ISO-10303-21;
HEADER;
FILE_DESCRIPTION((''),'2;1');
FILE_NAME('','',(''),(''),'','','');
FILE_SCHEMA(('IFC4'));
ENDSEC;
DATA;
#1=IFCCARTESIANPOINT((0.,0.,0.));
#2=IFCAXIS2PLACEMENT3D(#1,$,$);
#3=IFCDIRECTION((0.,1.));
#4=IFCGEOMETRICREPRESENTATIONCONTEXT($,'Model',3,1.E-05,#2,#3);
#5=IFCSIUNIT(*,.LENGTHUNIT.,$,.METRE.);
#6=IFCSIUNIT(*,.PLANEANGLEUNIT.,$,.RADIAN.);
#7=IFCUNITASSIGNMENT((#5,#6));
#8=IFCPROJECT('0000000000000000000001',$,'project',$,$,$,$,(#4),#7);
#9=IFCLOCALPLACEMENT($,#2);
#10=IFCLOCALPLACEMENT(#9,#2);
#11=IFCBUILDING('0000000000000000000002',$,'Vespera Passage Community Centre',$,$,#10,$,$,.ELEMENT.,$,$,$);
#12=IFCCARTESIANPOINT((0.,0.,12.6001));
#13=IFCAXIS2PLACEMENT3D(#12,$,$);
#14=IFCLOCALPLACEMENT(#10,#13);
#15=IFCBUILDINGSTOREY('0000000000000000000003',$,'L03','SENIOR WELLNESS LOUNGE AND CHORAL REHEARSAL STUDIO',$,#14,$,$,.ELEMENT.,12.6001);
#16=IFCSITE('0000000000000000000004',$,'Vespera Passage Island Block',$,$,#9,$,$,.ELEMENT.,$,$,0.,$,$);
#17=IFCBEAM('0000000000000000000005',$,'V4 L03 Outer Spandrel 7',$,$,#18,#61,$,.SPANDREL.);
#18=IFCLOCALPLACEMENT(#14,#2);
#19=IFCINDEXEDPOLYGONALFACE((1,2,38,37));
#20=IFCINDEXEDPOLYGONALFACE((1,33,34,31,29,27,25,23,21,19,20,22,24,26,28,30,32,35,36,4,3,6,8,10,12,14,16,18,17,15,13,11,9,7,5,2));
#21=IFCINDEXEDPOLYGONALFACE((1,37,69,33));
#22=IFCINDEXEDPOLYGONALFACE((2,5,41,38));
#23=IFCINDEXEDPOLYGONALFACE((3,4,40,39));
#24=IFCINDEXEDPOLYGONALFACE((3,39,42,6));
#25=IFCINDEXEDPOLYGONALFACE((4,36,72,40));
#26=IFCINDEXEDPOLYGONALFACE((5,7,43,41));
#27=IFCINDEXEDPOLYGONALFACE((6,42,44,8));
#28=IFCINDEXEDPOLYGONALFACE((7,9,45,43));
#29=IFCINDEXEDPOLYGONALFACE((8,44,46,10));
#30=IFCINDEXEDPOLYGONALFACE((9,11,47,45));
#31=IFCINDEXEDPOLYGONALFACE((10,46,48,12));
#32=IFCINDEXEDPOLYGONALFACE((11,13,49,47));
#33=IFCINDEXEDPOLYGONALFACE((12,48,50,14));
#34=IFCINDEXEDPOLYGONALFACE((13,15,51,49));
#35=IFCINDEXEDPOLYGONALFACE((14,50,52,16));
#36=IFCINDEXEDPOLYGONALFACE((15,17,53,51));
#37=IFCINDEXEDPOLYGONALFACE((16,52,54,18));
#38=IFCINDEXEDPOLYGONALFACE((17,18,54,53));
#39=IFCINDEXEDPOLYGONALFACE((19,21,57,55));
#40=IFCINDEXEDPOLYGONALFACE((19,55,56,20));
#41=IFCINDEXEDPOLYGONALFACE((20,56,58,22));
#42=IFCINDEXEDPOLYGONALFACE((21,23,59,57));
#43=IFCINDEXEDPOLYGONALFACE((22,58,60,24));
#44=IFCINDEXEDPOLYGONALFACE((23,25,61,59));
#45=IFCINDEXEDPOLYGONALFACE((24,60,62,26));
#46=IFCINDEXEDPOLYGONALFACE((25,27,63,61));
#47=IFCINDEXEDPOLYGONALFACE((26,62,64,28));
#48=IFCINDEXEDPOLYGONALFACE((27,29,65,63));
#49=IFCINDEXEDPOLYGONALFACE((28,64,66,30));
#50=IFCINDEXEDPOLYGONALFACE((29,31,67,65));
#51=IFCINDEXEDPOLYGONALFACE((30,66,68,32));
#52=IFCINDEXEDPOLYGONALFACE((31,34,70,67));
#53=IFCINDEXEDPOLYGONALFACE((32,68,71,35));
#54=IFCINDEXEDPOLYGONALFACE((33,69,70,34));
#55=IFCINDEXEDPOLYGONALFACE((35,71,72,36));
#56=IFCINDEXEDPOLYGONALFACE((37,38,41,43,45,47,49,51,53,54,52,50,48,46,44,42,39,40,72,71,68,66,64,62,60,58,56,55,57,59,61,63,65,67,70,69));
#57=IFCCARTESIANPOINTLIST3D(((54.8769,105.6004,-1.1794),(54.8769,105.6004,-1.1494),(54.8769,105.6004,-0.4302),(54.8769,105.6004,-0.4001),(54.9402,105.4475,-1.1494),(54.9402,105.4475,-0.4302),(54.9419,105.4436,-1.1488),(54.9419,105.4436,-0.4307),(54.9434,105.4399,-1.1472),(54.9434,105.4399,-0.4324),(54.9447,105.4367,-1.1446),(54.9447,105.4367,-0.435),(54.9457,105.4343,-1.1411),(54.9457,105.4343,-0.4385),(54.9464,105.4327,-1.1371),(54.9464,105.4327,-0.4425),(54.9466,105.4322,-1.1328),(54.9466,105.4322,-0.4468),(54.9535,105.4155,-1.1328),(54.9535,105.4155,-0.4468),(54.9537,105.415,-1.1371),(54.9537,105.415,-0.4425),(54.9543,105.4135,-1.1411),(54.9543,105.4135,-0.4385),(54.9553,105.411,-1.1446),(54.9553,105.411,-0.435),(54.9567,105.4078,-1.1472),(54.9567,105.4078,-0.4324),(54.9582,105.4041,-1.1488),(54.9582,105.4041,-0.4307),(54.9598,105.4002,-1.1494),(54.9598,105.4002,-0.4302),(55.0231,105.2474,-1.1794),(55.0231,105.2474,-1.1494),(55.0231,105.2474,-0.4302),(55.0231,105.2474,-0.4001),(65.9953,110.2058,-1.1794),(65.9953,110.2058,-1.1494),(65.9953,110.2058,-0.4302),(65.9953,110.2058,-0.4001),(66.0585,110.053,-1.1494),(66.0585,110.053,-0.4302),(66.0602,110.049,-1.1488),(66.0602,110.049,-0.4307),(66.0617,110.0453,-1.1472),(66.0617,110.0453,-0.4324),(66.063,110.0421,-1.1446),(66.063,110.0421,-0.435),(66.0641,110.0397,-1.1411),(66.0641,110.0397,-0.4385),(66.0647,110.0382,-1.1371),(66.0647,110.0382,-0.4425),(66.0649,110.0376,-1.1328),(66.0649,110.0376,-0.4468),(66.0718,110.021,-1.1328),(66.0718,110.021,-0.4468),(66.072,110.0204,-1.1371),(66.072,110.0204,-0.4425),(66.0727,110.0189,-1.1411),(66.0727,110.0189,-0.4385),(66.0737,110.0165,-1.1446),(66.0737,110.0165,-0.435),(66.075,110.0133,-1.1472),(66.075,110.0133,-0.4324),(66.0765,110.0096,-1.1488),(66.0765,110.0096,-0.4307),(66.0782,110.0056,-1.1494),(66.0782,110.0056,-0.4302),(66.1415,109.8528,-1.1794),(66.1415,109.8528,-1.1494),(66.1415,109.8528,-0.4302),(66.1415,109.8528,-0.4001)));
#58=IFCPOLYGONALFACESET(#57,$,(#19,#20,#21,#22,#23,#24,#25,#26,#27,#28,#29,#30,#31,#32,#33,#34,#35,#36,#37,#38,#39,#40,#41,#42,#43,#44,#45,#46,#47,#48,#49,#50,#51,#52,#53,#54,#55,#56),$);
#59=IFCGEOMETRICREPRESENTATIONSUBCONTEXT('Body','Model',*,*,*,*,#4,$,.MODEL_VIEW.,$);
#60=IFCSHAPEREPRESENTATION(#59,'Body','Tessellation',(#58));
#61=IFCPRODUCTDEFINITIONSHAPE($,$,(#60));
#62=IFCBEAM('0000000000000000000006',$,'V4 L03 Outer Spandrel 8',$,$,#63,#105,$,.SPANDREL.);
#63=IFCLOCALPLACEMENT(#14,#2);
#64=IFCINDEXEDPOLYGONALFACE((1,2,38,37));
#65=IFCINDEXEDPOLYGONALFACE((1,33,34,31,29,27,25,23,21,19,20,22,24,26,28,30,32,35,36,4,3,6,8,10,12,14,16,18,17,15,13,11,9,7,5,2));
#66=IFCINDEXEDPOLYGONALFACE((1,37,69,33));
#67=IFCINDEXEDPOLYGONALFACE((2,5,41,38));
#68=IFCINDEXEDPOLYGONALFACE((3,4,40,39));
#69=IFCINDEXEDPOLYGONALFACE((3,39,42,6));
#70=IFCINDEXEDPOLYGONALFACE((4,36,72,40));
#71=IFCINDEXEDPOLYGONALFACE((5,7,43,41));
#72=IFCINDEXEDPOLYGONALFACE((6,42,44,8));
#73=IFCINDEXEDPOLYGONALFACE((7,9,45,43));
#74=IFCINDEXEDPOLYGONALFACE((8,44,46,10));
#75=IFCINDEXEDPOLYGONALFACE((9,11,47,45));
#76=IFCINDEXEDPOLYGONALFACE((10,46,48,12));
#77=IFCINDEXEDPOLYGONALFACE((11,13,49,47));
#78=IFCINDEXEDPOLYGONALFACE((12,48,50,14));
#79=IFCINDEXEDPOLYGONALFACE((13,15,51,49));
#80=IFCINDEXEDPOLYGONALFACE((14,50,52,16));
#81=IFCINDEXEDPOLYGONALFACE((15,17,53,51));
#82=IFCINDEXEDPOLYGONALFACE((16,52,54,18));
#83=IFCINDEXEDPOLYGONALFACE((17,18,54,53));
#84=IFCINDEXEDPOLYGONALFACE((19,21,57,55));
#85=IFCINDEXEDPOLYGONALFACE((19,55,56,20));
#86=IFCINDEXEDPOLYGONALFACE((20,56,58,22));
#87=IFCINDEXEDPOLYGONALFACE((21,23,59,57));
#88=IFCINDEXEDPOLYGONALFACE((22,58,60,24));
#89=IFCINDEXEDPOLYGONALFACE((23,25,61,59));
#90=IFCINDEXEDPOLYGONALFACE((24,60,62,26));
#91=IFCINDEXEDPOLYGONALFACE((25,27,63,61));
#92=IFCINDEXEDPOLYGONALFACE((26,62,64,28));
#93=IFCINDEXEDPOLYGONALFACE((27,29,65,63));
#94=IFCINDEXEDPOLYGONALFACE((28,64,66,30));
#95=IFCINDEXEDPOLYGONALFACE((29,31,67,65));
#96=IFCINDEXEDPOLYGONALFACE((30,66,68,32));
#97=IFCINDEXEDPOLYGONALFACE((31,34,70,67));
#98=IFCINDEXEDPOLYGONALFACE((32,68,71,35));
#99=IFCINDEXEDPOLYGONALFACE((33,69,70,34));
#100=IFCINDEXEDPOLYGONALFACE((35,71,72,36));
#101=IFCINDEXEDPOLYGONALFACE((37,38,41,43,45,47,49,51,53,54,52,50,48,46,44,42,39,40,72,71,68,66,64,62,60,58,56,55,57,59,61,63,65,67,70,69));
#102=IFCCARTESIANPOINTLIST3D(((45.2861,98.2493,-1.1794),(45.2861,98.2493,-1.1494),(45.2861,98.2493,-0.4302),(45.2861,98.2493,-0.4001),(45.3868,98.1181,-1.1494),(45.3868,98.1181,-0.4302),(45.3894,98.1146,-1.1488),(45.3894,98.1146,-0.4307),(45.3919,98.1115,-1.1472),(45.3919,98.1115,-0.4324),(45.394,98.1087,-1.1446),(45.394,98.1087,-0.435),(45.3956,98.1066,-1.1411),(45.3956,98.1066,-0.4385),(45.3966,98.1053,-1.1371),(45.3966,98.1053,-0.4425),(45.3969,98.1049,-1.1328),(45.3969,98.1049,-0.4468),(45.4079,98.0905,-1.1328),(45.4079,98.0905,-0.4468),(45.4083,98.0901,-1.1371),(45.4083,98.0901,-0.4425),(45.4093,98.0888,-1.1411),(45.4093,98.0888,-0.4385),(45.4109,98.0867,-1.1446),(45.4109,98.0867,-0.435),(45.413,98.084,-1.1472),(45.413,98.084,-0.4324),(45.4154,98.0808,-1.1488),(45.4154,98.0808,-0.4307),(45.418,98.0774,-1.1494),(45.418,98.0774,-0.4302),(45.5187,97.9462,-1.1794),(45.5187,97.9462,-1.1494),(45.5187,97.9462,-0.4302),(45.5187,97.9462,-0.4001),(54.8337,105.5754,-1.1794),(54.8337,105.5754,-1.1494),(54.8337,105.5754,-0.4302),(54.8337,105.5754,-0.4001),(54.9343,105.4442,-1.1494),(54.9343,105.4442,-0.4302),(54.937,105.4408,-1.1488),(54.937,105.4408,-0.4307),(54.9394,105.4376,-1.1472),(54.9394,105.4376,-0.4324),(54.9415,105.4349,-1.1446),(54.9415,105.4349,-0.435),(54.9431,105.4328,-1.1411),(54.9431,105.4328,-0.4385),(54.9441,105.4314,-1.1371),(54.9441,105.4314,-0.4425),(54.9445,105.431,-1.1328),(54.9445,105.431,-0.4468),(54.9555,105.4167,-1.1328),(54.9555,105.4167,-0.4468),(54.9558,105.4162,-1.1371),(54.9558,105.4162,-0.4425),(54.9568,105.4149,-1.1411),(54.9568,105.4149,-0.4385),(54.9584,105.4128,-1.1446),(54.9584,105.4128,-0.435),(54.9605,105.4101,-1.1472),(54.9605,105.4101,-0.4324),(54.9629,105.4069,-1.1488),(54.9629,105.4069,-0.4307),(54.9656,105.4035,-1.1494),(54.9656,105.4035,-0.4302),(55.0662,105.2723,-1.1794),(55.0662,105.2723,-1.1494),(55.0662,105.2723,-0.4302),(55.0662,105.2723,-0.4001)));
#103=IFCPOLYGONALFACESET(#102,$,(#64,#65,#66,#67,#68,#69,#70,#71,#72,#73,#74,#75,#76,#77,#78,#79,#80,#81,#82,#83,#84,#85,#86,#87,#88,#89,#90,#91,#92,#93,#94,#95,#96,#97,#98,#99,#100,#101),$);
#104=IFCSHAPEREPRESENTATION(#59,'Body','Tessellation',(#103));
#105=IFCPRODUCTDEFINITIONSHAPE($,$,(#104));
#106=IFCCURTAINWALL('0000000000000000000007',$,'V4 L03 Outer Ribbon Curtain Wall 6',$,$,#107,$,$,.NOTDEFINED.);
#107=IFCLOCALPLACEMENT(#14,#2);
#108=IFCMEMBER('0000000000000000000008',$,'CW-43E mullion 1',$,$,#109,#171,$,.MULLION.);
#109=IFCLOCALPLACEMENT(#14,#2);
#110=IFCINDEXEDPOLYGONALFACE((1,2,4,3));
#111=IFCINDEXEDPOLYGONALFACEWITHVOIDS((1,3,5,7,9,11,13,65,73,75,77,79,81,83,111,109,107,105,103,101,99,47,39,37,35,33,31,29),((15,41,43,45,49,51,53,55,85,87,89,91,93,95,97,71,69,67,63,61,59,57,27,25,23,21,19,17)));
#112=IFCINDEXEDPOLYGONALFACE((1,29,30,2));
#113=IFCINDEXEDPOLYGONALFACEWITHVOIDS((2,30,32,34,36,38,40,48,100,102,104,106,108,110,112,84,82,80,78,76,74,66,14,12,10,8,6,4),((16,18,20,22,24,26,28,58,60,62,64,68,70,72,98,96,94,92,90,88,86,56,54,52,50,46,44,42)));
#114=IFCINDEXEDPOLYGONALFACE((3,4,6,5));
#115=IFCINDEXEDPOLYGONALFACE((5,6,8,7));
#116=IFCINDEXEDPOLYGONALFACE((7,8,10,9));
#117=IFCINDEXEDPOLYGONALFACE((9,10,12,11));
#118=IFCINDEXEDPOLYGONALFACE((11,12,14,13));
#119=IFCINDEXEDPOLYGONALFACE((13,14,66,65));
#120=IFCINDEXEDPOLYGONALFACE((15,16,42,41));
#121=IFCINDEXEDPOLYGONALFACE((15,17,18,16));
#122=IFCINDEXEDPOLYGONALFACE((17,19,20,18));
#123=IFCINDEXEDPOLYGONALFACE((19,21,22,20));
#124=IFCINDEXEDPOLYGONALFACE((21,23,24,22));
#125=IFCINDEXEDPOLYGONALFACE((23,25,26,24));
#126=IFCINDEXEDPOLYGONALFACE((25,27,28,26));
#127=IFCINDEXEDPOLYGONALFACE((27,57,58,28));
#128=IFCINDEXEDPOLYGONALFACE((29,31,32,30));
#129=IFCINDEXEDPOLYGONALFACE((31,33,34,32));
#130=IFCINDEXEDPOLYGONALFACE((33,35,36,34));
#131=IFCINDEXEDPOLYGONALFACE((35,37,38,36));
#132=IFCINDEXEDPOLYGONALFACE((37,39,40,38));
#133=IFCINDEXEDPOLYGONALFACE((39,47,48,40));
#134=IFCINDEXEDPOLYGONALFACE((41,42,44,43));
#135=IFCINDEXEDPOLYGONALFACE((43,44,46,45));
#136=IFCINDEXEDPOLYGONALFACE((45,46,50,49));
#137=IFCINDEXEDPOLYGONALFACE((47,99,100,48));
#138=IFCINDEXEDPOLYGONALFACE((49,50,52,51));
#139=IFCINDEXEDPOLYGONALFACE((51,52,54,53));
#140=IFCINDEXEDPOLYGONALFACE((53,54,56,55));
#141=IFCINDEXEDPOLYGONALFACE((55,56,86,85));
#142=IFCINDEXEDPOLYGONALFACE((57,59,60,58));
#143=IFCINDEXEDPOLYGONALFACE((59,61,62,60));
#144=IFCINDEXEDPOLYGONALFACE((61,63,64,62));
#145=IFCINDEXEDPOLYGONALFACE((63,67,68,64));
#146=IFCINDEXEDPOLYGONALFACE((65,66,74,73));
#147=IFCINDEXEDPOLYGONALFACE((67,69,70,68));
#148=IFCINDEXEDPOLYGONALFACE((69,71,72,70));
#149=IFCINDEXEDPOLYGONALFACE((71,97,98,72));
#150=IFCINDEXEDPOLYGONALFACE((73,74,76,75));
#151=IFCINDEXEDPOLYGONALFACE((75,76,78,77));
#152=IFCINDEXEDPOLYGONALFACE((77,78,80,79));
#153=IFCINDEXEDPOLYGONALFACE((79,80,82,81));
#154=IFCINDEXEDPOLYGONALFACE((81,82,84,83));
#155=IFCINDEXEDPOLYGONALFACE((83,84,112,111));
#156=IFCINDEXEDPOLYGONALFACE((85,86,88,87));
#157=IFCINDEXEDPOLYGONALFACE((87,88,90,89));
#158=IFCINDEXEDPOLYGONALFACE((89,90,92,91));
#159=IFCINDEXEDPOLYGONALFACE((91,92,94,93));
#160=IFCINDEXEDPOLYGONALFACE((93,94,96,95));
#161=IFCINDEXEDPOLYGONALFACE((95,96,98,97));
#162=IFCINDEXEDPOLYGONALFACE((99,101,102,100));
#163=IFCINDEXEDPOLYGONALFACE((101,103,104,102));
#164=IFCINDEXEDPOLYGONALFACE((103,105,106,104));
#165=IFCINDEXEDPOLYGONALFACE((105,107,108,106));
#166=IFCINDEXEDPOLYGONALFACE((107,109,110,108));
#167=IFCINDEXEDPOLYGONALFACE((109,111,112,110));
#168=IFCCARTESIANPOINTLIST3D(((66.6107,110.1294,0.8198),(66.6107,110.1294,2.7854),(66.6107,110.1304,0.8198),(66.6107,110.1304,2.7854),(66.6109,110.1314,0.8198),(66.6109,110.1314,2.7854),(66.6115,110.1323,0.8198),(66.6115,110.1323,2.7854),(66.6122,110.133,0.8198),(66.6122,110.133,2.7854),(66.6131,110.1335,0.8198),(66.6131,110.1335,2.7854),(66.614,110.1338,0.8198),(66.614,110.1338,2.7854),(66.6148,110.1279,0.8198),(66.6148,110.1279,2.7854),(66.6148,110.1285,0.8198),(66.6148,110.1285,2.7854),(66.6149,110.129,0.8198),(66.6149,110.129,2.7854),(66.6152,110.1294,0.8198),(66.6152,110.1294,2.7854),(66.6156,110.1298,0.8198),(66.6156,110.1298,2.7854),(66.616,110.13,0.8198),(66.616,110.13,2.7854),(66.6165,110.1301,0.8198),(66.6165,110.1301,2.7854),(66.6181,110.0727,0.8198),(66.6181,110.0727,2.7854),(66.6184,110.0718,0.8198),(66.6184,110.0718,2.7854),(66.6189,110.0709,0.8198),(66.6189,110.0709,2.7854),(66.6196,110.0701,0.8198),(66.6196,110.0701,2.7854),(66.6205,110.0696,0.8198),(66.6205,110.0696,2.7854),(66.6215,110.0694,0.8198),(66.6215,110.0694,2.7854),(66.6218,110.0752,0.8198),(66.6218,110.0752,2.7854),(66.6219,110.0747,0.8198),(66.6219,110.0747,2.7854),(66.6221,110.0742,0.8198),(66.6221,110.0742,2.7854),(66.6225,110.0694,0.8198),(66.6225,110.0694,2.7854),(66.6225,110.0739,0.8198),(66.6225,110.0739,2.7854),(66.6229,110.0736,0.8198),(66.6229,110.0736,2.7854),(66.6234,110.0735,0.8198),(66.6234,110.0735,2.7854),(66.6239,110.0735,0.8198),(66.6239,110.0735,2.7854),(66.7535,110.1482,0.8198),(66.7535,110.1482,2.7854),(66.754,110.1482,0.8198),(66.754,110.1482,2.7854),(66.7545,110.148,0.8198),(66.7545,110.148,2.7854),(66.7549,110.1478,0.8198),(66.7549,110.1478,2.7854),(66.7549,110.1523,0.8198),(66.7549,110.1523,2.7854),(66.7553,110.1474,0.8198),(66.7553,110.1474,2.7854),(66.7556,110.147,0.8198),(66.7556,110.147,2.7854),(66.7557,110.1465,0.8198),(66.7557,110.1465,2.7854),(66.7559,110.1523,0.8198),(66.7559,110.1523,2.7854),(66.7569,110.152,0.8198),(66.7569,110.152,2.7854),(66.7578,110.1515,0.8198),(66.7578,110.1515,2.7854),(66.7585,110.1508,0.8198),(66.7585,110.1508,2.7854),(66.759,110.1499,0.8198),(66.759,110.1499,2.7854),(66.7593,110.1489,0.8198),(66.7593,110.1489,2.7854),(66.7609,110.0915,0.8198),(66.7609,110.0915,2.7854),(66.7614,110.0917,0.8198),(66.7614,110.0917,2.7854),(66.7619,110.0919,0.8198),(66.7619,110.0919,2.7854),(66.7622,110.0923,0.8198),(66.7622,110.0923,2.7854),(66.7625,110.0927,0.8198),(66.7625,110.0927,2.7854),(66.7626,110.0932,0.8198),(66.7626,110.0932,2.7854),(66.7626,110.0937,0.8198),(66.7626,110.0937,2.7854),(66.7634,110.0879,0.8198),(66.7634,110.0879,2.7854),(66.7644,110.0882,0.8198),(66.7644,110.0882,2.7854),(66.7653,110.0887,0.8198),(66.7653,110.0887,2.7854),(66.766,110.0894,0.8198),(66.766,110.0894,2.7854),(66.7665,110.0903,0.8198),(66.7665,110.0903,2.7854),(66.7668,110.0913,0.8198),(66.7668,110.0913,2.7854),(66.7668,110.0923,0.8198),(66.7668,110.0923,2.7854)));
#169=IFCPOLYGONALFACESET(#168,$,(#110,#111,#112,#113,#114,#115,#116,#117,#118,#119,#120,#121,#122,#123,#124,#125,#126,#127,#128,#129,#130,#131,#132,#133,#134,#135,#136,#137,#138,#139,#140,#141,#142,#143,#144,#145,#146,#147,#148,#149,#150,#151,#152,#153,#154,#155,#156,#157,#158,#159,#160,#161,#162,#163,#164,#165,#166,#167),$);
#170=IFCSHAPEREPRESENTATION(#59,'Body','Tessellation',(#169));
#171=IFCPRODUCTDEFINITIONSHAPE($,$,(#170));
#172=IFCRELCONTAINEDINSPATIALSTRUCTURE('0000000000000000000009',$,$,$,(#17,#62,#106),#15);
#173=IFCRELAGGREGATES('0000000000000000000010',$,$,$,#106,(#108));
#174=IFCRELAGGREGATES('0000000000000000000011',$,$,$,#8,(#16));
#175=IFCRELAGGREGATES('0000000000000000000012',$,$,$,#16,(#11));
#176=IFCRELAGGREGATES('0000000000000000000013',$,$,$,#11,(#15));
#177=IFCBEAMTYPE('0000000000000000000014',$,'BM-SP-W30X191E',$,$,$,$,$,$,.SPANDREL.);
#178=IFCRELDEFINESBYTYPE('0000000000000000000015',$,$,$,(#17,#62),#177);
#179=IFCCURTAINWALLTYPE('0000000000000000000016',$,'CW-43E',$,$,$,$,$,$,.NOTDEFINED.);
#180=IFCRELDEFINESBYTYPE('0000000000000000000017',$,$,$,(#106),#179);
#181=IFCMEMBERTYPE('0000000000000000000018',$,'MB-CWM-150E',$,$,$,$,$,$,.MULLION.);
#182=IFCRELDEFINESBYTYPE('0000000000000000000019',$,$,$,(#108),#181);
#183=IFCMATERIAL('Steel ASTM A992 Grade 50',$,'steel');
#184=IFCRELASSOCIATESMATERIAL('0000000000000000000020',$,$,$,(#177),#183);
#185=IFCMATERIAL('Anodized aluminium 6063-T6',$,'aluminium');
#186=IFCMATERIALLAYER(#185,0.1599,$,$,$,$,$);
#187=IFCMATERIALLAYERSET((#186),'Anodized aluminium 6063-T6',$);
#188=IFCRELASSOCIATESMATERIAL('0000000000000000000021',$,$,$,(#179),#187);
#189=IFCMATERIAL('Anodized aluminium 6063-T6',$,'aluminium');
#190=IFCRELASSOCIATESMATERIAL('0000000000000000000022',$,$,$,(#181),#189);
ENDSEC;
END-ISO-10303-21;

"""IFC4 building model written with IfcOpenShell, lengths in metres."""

from ifc_helpers import new_model, si_unit, direction, frame, origin, origin_2d, place, context, subcontext, project, spatial, hollow_rectangle, i_section, extrude, material, layer, layer_set, material_profile, profile_set, type_object, element, aggregate, save


model = new_model("IFC4")

# Units and contexts
model_context = context("Model", 3, precision=1e-05, world=origin(), true_north=direction((0.0, 1.0)))
body_context = subcontext(model_context, "Body", "Model", "MODEL_VIEW")
ifc_project = project(units=[si_unit("LENGTHUNIT", "METRE"), si_unit("PLANEANGLEUNIT", "RADIAN")], contexts=[model_context])

# Site, building, storey
site_placement = place(None, origin())
site = spatial("IfcSite", under=ifc_project, at=site_placement, Name="Vespera Passage Island Block", CompositionType="ELEMENT", RefElevation=0.0)
building_placement = place(site_placement, origin())
building = spatial("IfcBuilding", under=site, at=building_placement, Name="Vespera Passage Community Centre", CompositionType="ELEMENT")
storey_placement = place(building_placement, frame((0.0, 0.0, 12.6001)))
storey = spatial("IfcBuildingStorey", under=building, at=storey_placement, Name="L03", Description="SENIOR WELLNESS LOUNGE AND CHORAL REHEARSAL STUDIO", CompositionType="ELEMENT", Elevation=12.6001)

# Beams
ifc_material_1 = material(Name="Steel ASTM A992 Grade 50", Category="steel")
ifc_material_profile_1 = material_profile(ifc_material_1, i_section(OverallWidth=0.3821, OverallDepth=0.7793, WebThickness=0.0181, FlangeThickness=0.03, FilletRadius=0.0166, at=origin_2d()), Name="W30X191")
ifc_profile_set_1 = profile_set([ifc_material_profile_1], Name="Steel ASTM A992 Grade 50")
beam_type_1 = type_object("IfcBeamType", Name="BM-SP-W30X191E", PredefinedType="SPANDREL", material=ifc_profile_set_1)
for number, where, z_axis, x_axis, name in (
    (1, (66.0684, 110.0293, -0.7898), (-0.923877, -0.382689, 0.0), (0.382689, -0.923877, 0.0), "V4 L03 Outer Spandrel 7"),
    (2, (54.95, 105.4238, -0.7898), (-0.793352, -0.608763, 0.0), (0.608763, -0.793352, 0.0), "V4 L03 Outer Spandrel 8"),
):
    element("IfcBeam", number, at=place(storey_placement, frame(where, z_axis=z_axis, x_axis=x_axis)), inside=storey, type_object=beam_type_1, Name=name, PredefinedType="SPANDREL", context=body_context, shape_type="SweptSolid", body=[
        extrude(i_section(OverallWidth=0.3821, OverallDepth=0.7793, WebThickness=0.0181, FlangeThickness=0.03, FilletRadius=0.0166, at=origin_2d()), origin(), (0.0, 0.0, 1.0), 12.0344),
    ])

# Curtain wall, member
ifc_material_2 = material(Name="Anodized aluminium 6063-T6", Category="aluminium")
ifc_layer_1 = layer(ifc_material_2, 0.1599)
ifc_layer_set_1 = layer_set([ifc_layer_1], Name="Anodized aluminium 6063-T6")
curtain_wall_type_1 = type_object("IfcCurtainWallType", Name="CW-43E", PredefinedType="NOTDEFINED", material=ifc_layer_set_1)
curtain_wall_1_placement = place(storey_placement, origin())
curtain_wall_1 = element("IfcCurtainWall", 3, at=curtain_wall_1_placement, inside=storey, type_object=curtain_wall_type_1, Name="V4 L03 Outer Ribbon Curtain Wall 6", PredefinedType="NOTDEFINED")
ifc_material_3 = material(Name="Anodized aluminium 6063-T6", Category="aluminium")
ifc_material_profile_2 = material_profile(ifc_material_3, hollow_rectangle(XDim=0.0649, YDim=0.1499, WallThickness=0.0039, InnerFilletRadius=0.002, OuterFilletRadius=0.0039, at=origin_2d()), Name="ALU150X65X4")
ifc_profile_set_2 = profile_set([ifc_material_profile_2], Name="Anodized aluminium 6063-T6")
member_type_1 = type_object("IfcMemberType", Name="MB-CWM-150E", PredefinedType="MULLION", material=ifc_profile_set_2)
member_1_placement = place(storey_placement, frame((66.6887, 110.1108, 0.8198), z_axis=(0.0, 0.0, 1.0), x_axis=(-0.130531, 0.991444, 0.0)))
member_1 = element("IfcMember", 4, at=member_1_placement, type_object=member_type_1, Name="CW-43E mullion 1", PredefinedType="MULLION", context=body_context, shape_type="SweptSolid", body=[
    extrude(hollow_rectangle(XDim=0.0649, YDim=0.1499, WallThickness=0.0039, InnerFilletRadius=0.002, OuterFilletRadius=0.0039, at=origin_2d()), origin(), (0.0, 0.0, 1.0), 1.9656),
])

aggregate(curtain_wall_1, [member_1])

save(model, "model.ifc")
